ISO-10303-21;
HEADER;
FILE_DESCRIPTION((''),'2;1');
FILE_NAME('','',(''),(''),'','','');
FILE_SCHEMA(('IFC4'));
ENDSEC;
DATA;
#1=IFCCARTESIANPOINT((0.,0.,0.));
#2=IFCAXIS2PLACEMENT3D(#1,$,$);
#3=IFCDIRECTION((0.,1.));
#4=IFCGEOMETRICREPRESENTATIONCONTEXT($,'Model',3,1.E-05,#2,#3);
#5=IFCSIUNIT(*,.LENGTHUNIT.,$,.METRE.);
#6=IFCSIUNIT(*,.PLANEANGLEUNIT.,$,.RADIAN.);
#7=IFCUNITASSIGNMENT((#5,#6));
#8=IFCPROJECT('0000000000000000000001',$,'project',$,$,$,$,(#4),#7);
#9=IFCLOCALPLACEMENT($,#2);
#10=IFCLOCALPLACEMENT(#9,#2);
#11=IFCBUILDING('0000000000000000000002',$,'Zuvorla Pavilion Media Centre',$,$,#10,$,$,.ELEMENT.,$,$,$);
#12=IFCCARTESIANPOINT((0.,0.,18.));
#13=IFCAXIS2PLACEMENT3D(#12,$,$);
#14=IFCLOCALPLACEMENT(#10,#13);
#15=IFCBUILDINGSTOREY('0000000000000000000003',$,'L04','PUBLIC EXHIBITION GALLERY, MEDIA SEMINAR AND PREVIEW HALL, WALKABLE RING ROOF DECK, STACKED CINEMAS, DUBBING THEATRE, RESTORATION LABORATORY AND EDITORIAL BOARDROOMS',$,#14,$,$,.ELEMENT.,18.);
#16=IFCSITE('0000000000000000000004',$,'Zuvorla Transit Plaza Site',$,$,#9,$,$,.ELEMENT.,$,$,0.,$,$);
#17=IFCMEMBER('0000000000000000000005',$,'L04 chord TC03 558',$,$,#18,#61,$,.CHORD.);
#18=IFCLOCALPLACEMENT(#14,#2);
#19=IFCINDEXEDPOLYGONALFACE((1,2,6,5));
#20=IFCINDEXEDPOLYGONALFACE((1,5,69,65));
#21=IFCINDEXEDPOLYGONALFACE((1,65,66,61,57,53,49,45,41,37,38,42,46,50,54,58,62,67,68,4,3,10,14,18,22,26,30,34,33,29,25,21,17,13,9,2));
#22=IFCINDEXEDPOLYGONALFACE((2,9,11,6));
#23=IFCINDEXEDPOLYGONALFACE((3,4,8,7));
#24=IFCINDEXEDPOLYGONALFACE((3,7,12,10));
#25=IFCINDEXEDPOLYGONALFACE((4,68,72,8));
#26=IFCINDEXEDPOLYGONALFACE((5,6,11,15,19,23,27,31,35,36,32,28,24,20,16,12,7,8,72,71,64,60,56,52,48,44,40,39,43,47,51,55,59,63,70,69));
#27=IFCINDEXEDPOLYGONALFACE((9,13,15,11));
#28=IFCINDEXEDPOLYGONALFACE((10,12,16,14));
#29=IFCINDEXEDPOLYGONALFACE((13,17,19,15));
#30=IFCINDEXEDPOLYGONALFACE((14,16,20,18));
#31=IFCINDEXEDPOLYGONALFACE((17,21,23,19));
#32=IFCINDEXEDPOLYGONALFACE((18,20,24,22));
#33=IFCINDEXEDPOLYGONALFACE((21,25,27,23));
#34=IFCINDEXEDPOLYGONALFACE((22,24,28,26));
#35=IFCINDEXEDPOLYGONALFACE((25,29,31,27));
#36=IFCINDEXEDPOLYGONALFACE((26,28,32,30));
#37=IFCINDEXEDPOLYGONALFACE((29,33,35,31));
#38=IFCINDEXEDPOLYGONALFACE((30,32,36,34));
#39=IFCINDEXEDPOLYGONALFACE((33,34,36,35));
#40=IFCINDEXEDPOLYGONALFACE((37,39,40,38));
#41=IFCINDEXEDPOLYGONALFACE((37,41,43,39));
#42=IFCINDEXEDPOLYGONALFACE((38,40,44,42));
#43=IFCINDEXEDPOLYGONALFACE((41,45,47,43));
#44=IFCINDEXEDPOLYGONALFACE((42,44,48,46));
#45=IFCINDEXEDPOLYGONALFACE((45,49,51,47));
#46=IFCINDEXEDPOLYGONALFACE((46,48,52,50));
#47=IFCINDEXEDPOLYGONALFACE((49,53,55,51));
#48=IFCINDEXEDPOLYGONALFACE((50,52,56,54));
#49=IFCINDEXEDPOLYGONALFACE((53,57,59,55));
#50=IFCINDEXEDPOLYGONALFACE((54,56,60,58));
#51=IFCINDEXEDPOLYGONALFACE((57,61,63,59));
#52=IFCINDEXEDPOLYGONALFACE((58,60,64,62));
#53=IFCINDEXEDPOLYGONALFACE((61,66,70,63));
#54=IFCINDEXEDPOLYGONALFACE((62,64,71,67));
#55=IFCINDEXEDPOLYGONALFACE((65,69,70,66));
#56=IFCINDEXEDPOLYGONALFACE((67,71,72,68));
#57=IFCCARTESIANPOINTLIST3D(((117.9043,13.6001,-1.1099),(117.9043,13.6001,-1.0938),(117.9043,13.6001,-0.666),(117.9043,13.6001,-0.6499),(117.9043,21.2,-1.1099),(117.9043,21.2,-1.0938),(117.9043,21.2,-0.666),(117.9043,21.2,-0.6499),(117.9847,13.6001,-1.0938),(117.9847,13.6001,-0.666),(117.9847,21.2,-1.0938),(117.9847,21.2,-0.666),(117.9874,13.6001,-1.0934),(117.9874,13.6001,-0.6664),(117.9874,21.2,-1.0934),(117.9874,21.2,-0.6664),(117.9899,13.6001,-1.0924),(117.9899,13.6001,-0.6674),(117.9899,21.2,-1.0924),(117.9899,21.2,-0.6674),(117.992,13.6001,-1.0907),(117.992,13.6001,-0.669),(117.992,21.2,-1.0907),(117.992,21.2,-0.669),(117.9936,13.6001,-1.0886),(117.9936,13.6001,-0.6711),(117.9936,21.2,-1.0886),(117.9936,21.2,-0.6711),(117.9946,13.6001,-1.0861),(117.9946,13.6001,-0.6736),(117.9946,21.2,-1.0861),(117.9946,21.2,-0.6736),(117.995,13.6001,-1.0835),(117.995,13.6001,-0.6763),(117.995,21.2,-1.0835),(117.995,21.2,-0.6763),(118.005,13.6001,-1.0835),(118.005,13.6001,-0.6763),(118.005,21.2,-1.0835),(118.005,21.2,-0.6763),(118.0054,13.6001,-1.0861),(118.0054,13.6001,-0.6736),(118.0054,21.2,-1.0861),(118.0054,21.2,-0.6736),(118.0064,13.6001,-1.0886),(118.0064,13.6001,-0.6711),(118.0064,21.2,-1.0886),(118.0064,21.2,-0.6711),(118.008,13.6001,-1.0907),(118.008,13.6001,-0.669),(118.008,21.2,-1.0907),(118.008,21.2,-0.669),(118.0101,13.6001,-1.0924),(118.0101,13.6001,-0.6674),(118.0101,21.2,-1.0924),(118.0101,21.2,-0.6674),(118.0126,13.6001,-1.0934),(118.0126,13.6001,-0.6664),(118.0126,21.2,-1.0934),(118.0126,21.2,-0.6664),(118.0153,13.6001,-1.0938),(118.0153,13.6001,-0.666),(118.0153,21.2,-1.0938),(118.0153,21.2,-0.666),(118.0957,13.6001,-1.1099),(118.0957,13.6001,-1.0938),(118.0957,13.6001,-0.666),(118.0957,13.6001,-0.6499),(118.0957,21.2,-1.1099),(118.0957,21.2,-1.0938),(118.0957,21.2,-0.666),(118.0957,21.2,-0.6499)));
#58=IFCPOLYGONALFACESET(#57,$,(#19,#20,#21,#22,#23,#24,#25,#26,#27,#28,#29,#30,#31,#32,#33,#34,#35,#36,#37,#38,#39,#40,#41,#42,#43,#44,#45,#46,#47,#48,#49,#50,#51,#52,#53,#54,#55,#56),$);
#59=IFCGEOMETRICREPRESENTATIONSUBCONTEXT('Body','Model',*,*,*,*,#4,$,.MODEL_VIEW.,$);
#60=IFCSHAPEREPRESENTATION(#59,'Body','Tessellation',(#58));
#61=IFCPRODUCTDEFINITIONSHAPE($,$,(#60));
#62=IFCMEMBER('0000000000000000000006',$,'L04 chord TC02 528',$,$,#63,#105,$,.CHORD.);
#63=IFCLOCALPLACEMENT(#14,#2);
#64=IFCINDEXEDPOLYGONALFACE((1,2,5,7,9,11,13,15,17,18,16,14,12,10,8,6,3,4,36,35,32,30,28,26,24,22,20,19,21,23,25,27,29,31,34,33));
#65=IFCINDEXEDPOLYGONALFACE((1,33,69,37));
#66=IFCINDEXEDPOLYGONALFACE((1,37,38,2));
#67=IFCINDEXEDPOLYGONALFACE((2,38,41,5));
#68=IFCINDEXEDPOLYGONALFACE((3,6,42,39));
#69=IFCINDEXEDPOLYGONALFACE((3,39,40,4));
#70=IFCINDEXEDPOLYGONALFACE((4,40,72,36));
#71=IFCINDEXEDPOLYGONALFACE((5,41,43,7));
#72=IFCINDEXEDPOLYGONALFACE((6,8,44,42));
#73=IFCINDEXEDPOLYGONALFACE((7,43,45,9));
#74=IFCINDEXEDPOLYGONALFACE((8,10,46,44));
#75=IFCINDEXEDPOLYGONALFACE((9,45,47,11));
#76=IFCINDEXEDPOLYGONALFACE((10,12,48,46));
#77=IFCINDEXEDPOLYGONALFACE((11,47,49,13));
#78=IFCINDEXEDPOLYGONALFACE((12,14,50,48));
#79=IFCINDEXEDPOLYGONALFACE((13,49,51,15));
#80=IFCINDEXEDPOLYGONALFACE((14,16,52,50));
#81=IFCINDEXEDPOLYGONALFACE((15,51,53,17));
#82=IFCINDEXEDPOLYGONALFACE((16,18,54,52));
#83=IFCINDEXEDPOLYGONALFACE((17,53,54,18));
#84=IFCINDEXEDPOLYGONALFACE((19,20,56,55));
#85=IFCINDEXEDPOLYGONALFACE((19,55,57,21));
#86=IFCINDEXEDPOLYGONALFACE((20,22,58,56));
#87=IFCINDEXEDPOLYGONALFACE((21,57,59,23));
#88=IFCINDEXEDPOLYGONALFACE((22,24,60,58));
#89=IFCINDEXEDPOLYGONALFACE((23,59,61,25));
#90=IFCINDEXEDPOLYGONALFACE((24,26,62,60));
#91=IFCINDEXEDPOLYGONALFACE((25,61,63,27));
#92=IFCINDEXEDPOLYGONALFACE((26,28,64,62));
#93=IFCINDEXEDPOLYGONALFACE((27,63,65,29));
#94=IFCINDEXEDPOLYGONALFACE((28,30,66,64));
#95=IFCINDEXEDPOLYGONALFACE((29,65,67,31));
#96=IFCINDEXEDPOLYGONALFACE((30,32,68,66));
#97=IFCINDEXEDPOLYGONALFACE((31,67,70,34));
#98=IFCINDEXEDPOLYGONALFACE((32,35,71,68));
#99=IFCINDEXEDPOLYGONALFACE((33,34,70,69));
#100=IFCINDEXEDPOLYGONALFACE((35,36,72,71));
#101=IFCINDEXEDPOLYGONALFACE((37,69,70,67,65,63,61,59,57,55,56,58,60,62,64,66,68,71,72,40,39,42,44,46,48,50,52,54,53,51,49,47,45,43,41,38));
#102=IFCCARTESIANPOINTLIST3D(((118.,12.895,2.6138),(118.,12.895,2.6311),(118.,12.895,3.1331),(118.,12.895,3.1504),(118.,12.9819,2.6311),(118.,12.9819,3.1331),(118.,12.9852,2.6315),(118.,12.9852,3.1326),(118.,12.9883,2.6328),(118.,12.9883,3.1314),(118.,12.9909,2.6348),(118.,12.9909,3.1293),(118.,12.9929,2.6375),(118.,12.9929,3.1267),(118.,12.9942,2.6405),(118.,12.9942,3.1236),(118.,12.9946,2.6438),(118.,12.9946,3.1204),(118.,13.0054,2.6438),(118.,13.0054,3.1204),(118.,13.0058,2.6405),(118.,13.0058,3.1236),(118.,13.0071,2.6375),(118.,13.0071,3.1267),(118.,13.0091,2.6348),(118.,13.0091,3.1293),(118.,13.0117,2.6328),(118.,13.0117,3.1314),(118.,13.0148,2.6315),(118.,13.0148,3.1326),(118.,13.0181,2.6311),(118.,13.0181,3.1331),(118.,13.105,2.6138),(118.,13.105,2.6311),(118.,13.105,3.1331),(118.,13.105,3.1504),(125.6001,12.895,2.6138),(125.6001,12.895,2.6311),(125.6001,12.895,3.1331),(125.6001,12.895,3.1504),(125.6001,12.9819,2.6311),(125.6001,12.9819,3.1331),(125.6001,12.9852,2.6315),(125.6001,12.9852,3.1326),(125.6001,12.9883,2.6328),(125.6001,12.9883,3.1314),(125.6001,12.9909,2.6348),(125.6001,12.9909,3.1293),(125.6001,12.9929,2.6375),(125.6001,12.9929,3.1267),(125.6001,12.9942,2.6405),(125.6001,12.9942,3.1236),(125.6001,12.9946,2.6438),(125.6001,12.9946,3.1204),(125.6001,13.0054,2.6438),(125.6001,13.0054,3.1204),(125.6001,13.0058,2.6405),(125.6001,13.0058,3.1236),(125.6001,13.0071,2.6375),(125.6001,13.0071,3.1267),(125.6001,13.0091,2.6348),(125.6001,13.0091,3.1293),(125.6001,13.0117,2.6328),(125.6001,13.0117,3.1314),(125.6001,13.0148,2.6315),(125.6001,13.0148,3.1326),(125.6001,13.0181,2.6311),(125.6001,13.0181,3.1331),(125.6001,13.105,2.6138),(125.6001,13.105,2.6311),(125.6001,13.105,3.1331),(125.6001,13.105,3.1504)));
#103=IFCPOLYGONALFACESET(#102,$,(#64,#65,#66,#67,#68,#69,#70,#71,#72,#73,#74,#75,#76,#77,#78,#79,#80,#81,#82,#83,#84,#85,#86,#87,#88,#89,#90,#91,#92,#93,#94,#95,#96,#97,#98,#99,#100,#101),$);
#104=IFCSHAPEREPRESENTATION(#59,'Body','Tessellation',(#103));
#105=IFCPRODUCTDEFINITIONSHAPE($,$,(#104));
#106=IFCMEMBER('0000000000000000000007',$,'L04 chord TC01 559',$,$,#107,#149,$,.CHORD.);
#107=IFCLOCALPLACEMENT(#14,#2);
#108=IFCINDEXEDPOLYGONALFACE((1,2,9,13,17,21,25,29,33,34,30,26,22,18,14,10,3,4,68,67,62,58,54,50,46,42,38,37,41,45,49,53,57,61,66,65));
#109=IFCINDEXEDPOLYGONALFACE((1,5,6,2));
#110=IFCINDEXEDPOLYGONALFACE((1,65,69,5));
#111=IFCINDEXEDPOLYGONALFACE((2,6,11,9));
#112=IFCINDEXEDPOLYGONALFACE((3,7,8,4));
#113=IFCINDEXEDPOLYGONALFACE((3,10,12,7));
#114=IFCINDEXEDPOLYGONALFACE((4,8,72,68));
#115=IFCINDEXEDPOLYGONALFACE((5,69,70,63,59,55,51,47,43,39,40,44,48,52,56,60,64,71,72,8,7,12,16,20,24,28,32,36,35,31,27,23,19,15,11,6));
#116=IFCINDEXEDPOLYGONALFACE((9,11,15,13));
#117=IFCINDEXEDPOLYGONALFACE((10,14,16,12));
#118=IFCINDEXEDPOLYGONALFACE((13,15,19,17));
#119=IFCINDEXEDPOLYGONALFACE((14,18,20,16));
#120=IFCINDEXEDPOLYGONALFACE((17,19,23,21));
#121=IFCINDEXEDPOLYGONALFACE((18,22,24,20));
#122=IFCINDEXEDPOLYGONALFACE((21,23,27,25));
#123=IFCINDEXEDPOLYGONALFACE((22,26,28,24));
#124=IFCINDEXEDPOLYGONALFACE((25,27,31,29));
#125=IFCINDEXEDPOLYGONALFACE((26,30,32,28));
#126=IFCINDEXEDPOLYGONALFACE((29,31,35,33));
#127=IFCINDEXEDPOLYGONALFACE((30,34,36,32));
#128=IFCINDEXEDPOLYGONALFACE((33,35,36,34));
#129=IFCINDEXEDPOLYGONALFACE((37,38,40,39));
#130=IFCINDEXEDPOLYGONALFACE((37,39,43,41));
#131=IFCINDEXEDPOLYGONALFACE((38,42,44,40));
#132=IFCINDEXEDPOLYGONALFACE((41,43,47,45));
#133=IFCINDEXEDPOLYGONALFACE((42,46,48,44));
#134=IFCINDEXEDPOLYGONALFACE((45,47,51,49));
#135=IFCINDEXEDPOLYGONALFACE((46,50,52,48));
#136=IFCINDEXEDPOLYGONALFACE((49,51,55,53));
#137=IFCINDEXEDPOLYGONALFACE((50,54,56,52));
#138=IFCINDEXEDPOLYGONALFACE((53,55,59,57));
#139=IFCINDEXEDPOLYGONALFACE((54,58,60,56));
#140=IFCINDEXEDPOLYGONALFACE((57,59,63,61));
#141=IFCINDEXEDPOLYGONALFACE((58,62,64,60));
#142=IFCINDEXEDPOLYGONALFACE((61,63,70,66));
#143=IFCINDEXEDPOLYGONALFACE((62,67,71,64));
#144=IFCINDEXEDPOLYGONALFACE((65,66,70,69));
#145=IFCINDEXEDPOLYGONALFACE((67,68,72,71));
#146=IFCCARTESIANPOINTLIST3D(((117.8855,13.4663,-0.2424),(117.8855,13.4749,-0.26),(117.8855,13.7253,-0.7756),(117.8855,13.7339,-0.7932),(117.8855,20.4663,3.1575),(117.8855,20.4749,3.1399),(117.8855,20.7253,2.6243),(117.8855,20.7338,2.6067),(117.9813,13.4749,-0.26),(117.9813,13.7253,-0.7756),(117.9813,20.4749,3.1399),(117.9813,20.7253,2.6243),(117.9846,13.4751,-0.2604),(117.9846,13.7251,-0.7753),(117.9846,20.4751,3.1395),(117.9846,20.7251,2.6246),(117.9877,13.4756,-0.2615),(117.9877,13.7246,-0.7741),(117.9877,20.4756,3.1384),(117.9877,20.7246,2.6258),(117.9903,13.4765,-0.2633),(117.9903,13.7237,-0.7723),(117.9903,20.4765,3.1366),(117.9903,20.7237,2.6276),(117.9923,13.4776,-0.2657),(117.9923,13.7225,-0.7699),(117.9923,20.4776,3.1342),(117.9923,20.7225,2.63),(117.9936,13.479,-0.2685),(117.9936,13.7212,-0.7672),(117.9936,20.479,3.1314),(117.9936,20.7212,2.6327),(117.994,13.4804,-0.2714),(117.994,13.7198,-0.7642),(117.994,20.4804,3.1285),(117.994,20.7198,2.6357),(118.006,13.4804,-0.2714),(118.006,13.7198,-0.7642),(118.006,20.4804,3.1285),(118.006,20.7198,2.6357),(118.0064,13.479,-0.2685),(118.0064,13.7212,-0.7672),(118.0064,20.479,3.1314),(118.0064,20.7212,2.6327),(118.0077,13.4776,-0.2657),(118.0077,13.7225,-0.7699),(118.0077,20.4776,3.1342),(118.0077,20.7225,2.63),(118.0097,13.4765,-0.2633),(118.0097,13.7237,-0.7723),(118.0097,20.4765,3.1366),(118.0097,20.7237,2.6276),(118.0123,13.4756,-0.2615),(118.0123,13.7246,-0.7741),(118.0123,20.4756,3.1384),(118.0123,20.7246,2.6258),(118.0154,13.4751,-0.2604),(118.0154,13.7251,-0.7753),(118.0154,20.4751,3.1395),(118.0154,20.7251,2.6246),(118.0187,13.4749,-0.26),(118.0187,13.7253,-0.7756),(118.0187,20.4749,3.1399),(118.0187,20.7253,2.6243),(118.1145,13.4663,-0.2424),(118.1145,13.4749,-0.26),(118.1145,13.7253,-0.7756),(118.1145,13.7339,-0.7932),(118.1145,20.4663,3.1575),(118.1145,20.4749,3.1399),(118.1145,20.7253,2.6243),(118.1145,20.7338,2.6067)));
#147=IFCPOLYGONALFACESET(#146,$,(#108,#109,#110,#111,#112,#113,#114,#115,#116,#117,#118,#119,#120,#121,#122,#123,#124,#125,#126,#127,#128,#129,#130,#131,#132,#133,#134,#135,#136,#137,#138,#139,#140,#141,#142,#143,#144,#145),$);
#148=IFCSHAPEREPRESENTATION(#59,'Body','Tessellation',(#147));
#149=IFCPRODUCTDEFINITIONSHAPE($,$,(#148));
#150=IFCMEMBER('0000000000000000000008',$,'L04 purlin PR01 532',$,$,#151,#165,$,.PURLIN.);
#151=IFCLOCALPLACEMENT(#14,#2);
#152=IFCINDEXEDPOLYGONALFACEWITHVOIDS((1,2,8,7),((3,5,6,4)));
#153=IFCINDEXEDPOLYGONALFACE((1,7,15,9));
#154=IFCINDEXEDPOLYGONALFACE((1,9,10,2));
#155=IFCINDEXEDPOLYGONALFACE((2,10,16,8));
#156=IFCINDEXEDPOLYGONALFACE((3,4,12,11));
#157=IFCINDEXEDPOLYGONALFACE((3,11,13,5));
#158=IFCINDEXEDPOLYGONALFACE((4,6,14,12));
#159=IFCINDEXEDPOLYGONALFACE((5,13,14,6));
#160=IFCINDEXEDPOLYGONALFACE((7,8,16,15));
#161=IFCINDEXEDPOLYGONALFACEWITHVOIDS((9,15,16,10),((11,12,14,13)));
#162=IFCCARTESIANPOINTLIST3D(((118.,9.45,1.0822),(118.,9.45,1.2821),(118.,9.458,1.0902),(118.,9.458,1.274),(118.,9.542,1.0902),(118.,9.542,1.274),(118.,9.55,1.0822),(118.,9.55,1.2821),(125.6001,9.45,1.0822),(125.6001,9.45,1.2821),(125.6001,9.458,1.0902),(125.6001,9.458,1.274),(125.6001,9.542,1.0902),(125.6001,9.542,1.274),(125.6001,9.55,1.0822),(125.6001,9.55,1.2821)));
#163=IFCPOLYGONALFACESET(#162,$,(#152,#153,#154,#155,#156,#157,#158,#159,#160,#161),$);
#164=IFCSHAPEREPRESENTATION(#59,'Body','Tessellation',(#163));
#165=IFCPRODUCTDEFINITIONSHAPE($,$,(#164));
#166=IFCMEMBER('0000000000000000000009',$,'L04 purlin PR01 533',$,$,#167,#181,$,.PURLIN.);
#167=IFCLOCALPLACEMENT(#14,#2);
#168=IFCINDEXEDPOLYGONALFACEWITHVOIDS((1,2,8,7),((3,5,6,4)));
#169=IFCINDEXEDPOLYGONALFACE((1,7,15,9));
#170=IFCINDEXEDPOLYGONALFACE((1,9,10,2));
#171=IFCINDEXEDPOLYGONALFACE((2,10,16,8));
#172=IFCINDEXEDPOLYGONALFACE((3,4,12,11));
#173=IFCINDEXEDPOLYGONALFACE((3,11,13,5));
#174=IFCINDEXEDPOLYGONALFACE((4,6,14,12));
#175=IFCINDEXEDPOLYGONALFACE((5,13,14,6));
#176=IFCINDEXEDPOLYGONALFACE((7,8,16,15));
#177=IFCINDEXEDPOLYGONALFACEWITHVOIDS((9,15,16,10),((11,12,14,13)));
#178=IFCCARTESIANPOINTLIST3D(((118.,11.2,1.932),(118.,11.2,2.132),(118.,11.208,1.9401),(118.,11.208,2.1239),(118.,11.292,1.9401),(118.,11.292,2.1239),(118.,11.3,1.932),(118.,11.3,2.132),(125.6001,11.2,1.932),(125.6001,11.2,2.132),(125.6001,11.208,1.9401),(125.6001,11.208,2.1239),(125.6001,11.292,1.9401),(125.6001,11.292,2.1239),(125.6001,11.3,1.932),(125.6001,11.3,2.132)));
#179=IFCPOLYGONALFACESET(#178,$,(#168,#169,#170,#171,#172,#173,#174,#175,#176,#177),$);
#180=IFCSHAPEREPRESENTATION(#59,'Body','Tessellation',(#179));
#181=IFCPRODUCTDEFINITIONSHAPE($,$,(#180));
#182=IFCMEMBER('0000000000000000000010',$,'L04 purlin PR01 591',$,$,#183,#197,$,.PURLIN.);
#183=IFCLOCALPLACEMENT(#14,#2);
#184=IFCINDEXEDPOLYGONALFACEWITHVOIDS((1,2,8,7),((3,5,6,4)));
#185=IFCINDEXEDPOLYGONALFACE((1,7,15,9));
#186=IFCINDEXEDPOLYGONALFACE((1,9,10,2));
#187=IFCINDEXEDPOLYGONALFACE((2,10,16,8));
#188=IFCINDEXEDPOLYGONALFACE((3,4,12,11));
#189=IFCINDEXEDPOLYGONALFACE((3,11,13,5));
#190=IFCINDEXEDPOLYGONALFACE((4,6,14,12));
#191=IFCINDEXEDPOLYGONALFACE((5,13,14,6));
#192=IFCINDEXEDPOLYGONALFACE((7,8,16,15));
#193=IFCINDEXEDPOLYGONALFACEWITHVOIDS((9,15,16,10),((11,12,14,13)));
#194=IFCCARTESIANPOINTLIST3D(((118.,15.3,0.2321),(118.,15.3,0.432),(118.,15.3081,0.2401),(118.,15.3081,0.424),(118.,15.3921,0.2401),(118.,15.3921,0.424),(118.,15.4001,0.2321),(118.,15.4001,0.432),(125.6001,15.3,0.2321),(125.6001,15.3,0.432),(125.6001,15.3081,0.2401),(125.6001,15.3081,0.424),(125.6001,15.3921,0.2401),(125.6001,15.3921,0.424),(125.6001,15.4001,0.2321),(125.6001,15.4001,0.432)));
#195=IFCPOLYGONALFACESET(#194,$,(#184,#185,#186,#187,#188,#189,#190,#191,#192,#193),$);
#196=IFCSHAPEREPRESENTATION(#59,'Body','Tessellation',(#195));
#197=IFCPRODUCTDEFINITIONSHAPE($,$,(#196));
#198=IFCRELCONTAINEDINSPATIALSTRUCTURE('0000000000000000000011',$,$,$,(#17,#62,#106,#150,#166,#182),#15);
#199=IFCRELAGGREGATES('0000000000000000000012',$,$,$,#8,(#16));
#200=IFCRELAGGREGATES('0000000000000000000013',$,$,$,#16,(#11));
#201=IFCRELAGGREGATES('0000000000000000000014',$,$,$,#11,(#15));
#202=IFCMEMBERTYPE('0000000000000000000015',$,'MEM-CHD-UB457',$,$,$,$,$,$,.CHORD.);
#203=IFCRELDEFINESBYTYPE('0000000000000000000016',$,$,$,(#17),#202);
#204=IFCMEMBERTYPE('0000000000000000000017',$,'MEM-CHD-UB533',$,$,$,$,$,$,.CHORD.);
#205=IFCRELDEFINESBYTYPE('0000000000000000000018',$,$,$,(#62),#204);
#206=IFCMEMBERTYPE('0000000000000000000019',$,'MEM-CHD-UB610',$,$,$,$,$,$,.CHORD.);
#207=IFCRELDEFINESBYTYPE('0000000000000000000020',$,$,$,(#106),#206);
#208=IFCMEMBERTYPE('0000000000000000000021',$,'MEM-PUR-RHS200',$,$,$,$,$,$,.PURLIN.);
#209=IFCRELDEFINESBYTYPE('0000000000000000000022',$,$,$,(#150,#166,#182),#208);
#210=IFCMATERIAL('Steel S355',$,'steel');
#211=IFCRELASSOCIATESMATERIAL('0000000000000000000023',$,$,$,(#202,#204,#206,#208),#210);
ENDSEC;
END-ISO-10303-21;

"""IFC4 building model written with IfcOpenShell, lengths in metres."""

from ifc_helpers import new_model, si_unit, direction, frame, origin, origin_2d, place, context, subcontext, project, spatial, hollow_rectangle, i_section, extrude, material, material_profile, profile_set, type_object, element, save


model = new_model("IFC4")

# Units and contexts
model_context = context("Model", 3, precision=1e-05, world=origin(), true_north=direction((0.0, 1.0)))
body_context = subcontext(model_context, "Body", "Model", "MODEL_VIEW")
ifc_project = project(units=[si_unit("LENGTHUNIT", "METRE"), si_unit("PLANEANGLEUNIT", "RADIAN")], contexts=[model_context])

# Site, building, storey
site_placement = place(None, origin())
site = spatial("IfcSite", under=ifc_project, at=site_placement, Name="Zuvorla Transit Plaza Site", CompositionType="ELEMENT", RefElevation=0.0)
building_placement = place(site_placement, origin())
building = spatial("IfcBuilding", under=site, at=building_placement, Name="Zuvorla Pavilion Media Centre", CompositionType="ELEMENT")
storey_placement = place(building_placement, frame((0.0, 0.0, 18.0)))
storey = spatial("IfcBuildingStorey", under=building, at=storey_placement, Name="L04", Description="PUBLIC EXHIBITION GALLERY, MEDIA SEMINAR AND PREVIEW HALL, WALKABLE RING ROOF DECK, STACKED CINEMAS, DUBBING THEATRE, RESTORATION LABORATORY AND EDITORIAL BOARDROOMS", CompositionType="ELEMENT", Elevation=18.0)

# Members
ifc_material_1 = material(Name="Steel S355", Category="steel")
ifc_material_profile_1 = material_profile(ifc_material_1, i_section(OverallWidth=0.1914, OverallDepth=0.46, WebThickness=0.01, FlangeThickness=0.0161, FilletRadius=0.0103, at=origin_2d()), Name="UB 457x191x82")
ifc_profile_set_1 = profile_set([ifc_material_profile_1], Name="Steel S355")
member_type_1 = type_object("IfcMemberType", Name="MEM-CHD-UB457", PredefinedType="CHORD", material=ifc_profile_set_1)
member_1_placement = place(storey_placement, frame((118.0, 13.6001, -0.8799), z_axis=(0.0, 1.0, 0.0), x_axis=(-1.0, 0.0, 0.0)))
element("IfcMember", 1, at=member_1_placement, inside=storey, type_object=member_type_1, Name="L04 chord TC03 558", PredefinedType="CHORD", context=body_context, shape_type="SweptSolid", body=[
    extrude(i_section(OverallWidth=0.1914, OverallDepth=0.46, WebThickness=0.01, FlangeThickness=0.0161, FilletRadius=0.0103, at=origin_2d()), origin(), (0.0, 0.0, 1.0), 7.5999),
])
ifc_material_profile_2 = material_profile(ifc_material_1, i_section(OverallWidth=0.21, OverallDepth=0.5366, WebThickness=0.0107, FlangeThickness=0.0173, FilletRadius=0.0127, at=origin_2d()), Name="UB 533x210x101")
ifc_profile_set_2 = profile_set([ifc_material_profile_2], Name="Steel S355")
member_type_2 = type_object("IfcMemberType", Name="MEM-CHD-UB533", PredefinedType="CHORD", material=ifc_profile_set_2)
member_2_placement = place(storey_placement, frame((118.0, 13.0, 2.8821), z_axis=(1.0, 0.0, 0.0), x_axis=(0.0, 1.0, 0.0)))
element("IfcMember", 2, at=member_2_placement, inside=storey, type_object=member_type_2, Name="L04 chord TC02 528", PredefinedType="CHORD", context=body_context, shape_type="SweptSolid", body=[
    extrude(i_section(OverallWidth=0.21, OverallDepth=0.5366, WebThickness=0.0107, FlangeThickness=0.0173, FilletRadius=0.0127, at=origin_2d()), origin(), (0.0, 0.0, 1.0), 7.6001),
])
ifc_material_profile_3 = material_profile(ifc_material_1, i_section(OverallWidth=0.229, OverallDepth=0.6123, WebThickness=0.012, FlangeThickness=0.0195, FilletRadius=0.0127, at=origin_2d()), Name="UB 610x229x125")
ifc_profile_set_3 = profile_set([ifc_material_profile_3], Name="Steel S355")
member_type_3 = type_object("IfcMemberType", Name="MEM-CHD-UB610", PredefinedType="CHORD", material=ifc_profile_set_3)
member_3_placement = place(storey_placement, frame((118.0, 13.6001, -0.5178), z_axis=(0.0, 0.899513, 0.436894), x_axis=(-1.0, 0.0, 0.0)))
element("IfcMember", 3, at=member_3_placement, inside=storey, type_object=member_type_3, Name="L04 chord TC01 559", PredefinedType="CHORD", context=body_context, shape_type="SweptSolid", body=[
    extrude(i_section(OverallWidth=0.229, OverallDepth=0.6123, WebThickness=0.012, FlangeThickness=0.0195, FilletRadius=0.0127, at=origin_2d()), origin(), (0.0, 0.0, 1.0), 7.782),
])
ifc_material_profile_4 = material_profile(ifc_material_1, hollow_rectangle(XDim=0.1001, YDim=0.2, WallThickness=0.0081, at=origin_2d()), Name="RHS 200x100x8")
ifc_profile_set_4 = profile_set([ifc_material_profile_4], Name="Steel S355")
member_type_4 = type_object("IfcMemberType", Name="MEM-PUR-RHS200", PredefinedType="PURLIN", material=ifc_profile_set_4)
for number, where, z_axis, x_axis, name in (
    (4, (118.0, 9.5, 1.1821), (1.0, 0.0, 0.0), (0.0, 1.0, 0.0), "L04 purlin PR01 532"),
    (5, (118.0, 11.25, 2.032), (1.0, 0.0, 0.0), (0.0, 1.0, 0.0), "L04 purlin PR01 533"),
    (6, (118.0, 15.3501, 0.332), (1.0, 0.0, 0.0), (0.0, 1.0, 0.0), "L04 purlin PR01 591"),
):
    element("IfcMember", number, at=place(storey_placement, frame(where, z_axis=z_axis, x_axis=x_axis)), inside=storey, type_object=member_type_4, Name=name, PredefinedType="PURLIN", context=body_context, shape_type="SweptSolid", body=[
        extrude(hollow_rectangle(XDim=0.1001, YDim=0.2, WallThickness=0.0081, at=origin_2d()), origin(), (0.0, 0.0, 1.0), 7.6001),
    ])

save(model, "model.ifc")
